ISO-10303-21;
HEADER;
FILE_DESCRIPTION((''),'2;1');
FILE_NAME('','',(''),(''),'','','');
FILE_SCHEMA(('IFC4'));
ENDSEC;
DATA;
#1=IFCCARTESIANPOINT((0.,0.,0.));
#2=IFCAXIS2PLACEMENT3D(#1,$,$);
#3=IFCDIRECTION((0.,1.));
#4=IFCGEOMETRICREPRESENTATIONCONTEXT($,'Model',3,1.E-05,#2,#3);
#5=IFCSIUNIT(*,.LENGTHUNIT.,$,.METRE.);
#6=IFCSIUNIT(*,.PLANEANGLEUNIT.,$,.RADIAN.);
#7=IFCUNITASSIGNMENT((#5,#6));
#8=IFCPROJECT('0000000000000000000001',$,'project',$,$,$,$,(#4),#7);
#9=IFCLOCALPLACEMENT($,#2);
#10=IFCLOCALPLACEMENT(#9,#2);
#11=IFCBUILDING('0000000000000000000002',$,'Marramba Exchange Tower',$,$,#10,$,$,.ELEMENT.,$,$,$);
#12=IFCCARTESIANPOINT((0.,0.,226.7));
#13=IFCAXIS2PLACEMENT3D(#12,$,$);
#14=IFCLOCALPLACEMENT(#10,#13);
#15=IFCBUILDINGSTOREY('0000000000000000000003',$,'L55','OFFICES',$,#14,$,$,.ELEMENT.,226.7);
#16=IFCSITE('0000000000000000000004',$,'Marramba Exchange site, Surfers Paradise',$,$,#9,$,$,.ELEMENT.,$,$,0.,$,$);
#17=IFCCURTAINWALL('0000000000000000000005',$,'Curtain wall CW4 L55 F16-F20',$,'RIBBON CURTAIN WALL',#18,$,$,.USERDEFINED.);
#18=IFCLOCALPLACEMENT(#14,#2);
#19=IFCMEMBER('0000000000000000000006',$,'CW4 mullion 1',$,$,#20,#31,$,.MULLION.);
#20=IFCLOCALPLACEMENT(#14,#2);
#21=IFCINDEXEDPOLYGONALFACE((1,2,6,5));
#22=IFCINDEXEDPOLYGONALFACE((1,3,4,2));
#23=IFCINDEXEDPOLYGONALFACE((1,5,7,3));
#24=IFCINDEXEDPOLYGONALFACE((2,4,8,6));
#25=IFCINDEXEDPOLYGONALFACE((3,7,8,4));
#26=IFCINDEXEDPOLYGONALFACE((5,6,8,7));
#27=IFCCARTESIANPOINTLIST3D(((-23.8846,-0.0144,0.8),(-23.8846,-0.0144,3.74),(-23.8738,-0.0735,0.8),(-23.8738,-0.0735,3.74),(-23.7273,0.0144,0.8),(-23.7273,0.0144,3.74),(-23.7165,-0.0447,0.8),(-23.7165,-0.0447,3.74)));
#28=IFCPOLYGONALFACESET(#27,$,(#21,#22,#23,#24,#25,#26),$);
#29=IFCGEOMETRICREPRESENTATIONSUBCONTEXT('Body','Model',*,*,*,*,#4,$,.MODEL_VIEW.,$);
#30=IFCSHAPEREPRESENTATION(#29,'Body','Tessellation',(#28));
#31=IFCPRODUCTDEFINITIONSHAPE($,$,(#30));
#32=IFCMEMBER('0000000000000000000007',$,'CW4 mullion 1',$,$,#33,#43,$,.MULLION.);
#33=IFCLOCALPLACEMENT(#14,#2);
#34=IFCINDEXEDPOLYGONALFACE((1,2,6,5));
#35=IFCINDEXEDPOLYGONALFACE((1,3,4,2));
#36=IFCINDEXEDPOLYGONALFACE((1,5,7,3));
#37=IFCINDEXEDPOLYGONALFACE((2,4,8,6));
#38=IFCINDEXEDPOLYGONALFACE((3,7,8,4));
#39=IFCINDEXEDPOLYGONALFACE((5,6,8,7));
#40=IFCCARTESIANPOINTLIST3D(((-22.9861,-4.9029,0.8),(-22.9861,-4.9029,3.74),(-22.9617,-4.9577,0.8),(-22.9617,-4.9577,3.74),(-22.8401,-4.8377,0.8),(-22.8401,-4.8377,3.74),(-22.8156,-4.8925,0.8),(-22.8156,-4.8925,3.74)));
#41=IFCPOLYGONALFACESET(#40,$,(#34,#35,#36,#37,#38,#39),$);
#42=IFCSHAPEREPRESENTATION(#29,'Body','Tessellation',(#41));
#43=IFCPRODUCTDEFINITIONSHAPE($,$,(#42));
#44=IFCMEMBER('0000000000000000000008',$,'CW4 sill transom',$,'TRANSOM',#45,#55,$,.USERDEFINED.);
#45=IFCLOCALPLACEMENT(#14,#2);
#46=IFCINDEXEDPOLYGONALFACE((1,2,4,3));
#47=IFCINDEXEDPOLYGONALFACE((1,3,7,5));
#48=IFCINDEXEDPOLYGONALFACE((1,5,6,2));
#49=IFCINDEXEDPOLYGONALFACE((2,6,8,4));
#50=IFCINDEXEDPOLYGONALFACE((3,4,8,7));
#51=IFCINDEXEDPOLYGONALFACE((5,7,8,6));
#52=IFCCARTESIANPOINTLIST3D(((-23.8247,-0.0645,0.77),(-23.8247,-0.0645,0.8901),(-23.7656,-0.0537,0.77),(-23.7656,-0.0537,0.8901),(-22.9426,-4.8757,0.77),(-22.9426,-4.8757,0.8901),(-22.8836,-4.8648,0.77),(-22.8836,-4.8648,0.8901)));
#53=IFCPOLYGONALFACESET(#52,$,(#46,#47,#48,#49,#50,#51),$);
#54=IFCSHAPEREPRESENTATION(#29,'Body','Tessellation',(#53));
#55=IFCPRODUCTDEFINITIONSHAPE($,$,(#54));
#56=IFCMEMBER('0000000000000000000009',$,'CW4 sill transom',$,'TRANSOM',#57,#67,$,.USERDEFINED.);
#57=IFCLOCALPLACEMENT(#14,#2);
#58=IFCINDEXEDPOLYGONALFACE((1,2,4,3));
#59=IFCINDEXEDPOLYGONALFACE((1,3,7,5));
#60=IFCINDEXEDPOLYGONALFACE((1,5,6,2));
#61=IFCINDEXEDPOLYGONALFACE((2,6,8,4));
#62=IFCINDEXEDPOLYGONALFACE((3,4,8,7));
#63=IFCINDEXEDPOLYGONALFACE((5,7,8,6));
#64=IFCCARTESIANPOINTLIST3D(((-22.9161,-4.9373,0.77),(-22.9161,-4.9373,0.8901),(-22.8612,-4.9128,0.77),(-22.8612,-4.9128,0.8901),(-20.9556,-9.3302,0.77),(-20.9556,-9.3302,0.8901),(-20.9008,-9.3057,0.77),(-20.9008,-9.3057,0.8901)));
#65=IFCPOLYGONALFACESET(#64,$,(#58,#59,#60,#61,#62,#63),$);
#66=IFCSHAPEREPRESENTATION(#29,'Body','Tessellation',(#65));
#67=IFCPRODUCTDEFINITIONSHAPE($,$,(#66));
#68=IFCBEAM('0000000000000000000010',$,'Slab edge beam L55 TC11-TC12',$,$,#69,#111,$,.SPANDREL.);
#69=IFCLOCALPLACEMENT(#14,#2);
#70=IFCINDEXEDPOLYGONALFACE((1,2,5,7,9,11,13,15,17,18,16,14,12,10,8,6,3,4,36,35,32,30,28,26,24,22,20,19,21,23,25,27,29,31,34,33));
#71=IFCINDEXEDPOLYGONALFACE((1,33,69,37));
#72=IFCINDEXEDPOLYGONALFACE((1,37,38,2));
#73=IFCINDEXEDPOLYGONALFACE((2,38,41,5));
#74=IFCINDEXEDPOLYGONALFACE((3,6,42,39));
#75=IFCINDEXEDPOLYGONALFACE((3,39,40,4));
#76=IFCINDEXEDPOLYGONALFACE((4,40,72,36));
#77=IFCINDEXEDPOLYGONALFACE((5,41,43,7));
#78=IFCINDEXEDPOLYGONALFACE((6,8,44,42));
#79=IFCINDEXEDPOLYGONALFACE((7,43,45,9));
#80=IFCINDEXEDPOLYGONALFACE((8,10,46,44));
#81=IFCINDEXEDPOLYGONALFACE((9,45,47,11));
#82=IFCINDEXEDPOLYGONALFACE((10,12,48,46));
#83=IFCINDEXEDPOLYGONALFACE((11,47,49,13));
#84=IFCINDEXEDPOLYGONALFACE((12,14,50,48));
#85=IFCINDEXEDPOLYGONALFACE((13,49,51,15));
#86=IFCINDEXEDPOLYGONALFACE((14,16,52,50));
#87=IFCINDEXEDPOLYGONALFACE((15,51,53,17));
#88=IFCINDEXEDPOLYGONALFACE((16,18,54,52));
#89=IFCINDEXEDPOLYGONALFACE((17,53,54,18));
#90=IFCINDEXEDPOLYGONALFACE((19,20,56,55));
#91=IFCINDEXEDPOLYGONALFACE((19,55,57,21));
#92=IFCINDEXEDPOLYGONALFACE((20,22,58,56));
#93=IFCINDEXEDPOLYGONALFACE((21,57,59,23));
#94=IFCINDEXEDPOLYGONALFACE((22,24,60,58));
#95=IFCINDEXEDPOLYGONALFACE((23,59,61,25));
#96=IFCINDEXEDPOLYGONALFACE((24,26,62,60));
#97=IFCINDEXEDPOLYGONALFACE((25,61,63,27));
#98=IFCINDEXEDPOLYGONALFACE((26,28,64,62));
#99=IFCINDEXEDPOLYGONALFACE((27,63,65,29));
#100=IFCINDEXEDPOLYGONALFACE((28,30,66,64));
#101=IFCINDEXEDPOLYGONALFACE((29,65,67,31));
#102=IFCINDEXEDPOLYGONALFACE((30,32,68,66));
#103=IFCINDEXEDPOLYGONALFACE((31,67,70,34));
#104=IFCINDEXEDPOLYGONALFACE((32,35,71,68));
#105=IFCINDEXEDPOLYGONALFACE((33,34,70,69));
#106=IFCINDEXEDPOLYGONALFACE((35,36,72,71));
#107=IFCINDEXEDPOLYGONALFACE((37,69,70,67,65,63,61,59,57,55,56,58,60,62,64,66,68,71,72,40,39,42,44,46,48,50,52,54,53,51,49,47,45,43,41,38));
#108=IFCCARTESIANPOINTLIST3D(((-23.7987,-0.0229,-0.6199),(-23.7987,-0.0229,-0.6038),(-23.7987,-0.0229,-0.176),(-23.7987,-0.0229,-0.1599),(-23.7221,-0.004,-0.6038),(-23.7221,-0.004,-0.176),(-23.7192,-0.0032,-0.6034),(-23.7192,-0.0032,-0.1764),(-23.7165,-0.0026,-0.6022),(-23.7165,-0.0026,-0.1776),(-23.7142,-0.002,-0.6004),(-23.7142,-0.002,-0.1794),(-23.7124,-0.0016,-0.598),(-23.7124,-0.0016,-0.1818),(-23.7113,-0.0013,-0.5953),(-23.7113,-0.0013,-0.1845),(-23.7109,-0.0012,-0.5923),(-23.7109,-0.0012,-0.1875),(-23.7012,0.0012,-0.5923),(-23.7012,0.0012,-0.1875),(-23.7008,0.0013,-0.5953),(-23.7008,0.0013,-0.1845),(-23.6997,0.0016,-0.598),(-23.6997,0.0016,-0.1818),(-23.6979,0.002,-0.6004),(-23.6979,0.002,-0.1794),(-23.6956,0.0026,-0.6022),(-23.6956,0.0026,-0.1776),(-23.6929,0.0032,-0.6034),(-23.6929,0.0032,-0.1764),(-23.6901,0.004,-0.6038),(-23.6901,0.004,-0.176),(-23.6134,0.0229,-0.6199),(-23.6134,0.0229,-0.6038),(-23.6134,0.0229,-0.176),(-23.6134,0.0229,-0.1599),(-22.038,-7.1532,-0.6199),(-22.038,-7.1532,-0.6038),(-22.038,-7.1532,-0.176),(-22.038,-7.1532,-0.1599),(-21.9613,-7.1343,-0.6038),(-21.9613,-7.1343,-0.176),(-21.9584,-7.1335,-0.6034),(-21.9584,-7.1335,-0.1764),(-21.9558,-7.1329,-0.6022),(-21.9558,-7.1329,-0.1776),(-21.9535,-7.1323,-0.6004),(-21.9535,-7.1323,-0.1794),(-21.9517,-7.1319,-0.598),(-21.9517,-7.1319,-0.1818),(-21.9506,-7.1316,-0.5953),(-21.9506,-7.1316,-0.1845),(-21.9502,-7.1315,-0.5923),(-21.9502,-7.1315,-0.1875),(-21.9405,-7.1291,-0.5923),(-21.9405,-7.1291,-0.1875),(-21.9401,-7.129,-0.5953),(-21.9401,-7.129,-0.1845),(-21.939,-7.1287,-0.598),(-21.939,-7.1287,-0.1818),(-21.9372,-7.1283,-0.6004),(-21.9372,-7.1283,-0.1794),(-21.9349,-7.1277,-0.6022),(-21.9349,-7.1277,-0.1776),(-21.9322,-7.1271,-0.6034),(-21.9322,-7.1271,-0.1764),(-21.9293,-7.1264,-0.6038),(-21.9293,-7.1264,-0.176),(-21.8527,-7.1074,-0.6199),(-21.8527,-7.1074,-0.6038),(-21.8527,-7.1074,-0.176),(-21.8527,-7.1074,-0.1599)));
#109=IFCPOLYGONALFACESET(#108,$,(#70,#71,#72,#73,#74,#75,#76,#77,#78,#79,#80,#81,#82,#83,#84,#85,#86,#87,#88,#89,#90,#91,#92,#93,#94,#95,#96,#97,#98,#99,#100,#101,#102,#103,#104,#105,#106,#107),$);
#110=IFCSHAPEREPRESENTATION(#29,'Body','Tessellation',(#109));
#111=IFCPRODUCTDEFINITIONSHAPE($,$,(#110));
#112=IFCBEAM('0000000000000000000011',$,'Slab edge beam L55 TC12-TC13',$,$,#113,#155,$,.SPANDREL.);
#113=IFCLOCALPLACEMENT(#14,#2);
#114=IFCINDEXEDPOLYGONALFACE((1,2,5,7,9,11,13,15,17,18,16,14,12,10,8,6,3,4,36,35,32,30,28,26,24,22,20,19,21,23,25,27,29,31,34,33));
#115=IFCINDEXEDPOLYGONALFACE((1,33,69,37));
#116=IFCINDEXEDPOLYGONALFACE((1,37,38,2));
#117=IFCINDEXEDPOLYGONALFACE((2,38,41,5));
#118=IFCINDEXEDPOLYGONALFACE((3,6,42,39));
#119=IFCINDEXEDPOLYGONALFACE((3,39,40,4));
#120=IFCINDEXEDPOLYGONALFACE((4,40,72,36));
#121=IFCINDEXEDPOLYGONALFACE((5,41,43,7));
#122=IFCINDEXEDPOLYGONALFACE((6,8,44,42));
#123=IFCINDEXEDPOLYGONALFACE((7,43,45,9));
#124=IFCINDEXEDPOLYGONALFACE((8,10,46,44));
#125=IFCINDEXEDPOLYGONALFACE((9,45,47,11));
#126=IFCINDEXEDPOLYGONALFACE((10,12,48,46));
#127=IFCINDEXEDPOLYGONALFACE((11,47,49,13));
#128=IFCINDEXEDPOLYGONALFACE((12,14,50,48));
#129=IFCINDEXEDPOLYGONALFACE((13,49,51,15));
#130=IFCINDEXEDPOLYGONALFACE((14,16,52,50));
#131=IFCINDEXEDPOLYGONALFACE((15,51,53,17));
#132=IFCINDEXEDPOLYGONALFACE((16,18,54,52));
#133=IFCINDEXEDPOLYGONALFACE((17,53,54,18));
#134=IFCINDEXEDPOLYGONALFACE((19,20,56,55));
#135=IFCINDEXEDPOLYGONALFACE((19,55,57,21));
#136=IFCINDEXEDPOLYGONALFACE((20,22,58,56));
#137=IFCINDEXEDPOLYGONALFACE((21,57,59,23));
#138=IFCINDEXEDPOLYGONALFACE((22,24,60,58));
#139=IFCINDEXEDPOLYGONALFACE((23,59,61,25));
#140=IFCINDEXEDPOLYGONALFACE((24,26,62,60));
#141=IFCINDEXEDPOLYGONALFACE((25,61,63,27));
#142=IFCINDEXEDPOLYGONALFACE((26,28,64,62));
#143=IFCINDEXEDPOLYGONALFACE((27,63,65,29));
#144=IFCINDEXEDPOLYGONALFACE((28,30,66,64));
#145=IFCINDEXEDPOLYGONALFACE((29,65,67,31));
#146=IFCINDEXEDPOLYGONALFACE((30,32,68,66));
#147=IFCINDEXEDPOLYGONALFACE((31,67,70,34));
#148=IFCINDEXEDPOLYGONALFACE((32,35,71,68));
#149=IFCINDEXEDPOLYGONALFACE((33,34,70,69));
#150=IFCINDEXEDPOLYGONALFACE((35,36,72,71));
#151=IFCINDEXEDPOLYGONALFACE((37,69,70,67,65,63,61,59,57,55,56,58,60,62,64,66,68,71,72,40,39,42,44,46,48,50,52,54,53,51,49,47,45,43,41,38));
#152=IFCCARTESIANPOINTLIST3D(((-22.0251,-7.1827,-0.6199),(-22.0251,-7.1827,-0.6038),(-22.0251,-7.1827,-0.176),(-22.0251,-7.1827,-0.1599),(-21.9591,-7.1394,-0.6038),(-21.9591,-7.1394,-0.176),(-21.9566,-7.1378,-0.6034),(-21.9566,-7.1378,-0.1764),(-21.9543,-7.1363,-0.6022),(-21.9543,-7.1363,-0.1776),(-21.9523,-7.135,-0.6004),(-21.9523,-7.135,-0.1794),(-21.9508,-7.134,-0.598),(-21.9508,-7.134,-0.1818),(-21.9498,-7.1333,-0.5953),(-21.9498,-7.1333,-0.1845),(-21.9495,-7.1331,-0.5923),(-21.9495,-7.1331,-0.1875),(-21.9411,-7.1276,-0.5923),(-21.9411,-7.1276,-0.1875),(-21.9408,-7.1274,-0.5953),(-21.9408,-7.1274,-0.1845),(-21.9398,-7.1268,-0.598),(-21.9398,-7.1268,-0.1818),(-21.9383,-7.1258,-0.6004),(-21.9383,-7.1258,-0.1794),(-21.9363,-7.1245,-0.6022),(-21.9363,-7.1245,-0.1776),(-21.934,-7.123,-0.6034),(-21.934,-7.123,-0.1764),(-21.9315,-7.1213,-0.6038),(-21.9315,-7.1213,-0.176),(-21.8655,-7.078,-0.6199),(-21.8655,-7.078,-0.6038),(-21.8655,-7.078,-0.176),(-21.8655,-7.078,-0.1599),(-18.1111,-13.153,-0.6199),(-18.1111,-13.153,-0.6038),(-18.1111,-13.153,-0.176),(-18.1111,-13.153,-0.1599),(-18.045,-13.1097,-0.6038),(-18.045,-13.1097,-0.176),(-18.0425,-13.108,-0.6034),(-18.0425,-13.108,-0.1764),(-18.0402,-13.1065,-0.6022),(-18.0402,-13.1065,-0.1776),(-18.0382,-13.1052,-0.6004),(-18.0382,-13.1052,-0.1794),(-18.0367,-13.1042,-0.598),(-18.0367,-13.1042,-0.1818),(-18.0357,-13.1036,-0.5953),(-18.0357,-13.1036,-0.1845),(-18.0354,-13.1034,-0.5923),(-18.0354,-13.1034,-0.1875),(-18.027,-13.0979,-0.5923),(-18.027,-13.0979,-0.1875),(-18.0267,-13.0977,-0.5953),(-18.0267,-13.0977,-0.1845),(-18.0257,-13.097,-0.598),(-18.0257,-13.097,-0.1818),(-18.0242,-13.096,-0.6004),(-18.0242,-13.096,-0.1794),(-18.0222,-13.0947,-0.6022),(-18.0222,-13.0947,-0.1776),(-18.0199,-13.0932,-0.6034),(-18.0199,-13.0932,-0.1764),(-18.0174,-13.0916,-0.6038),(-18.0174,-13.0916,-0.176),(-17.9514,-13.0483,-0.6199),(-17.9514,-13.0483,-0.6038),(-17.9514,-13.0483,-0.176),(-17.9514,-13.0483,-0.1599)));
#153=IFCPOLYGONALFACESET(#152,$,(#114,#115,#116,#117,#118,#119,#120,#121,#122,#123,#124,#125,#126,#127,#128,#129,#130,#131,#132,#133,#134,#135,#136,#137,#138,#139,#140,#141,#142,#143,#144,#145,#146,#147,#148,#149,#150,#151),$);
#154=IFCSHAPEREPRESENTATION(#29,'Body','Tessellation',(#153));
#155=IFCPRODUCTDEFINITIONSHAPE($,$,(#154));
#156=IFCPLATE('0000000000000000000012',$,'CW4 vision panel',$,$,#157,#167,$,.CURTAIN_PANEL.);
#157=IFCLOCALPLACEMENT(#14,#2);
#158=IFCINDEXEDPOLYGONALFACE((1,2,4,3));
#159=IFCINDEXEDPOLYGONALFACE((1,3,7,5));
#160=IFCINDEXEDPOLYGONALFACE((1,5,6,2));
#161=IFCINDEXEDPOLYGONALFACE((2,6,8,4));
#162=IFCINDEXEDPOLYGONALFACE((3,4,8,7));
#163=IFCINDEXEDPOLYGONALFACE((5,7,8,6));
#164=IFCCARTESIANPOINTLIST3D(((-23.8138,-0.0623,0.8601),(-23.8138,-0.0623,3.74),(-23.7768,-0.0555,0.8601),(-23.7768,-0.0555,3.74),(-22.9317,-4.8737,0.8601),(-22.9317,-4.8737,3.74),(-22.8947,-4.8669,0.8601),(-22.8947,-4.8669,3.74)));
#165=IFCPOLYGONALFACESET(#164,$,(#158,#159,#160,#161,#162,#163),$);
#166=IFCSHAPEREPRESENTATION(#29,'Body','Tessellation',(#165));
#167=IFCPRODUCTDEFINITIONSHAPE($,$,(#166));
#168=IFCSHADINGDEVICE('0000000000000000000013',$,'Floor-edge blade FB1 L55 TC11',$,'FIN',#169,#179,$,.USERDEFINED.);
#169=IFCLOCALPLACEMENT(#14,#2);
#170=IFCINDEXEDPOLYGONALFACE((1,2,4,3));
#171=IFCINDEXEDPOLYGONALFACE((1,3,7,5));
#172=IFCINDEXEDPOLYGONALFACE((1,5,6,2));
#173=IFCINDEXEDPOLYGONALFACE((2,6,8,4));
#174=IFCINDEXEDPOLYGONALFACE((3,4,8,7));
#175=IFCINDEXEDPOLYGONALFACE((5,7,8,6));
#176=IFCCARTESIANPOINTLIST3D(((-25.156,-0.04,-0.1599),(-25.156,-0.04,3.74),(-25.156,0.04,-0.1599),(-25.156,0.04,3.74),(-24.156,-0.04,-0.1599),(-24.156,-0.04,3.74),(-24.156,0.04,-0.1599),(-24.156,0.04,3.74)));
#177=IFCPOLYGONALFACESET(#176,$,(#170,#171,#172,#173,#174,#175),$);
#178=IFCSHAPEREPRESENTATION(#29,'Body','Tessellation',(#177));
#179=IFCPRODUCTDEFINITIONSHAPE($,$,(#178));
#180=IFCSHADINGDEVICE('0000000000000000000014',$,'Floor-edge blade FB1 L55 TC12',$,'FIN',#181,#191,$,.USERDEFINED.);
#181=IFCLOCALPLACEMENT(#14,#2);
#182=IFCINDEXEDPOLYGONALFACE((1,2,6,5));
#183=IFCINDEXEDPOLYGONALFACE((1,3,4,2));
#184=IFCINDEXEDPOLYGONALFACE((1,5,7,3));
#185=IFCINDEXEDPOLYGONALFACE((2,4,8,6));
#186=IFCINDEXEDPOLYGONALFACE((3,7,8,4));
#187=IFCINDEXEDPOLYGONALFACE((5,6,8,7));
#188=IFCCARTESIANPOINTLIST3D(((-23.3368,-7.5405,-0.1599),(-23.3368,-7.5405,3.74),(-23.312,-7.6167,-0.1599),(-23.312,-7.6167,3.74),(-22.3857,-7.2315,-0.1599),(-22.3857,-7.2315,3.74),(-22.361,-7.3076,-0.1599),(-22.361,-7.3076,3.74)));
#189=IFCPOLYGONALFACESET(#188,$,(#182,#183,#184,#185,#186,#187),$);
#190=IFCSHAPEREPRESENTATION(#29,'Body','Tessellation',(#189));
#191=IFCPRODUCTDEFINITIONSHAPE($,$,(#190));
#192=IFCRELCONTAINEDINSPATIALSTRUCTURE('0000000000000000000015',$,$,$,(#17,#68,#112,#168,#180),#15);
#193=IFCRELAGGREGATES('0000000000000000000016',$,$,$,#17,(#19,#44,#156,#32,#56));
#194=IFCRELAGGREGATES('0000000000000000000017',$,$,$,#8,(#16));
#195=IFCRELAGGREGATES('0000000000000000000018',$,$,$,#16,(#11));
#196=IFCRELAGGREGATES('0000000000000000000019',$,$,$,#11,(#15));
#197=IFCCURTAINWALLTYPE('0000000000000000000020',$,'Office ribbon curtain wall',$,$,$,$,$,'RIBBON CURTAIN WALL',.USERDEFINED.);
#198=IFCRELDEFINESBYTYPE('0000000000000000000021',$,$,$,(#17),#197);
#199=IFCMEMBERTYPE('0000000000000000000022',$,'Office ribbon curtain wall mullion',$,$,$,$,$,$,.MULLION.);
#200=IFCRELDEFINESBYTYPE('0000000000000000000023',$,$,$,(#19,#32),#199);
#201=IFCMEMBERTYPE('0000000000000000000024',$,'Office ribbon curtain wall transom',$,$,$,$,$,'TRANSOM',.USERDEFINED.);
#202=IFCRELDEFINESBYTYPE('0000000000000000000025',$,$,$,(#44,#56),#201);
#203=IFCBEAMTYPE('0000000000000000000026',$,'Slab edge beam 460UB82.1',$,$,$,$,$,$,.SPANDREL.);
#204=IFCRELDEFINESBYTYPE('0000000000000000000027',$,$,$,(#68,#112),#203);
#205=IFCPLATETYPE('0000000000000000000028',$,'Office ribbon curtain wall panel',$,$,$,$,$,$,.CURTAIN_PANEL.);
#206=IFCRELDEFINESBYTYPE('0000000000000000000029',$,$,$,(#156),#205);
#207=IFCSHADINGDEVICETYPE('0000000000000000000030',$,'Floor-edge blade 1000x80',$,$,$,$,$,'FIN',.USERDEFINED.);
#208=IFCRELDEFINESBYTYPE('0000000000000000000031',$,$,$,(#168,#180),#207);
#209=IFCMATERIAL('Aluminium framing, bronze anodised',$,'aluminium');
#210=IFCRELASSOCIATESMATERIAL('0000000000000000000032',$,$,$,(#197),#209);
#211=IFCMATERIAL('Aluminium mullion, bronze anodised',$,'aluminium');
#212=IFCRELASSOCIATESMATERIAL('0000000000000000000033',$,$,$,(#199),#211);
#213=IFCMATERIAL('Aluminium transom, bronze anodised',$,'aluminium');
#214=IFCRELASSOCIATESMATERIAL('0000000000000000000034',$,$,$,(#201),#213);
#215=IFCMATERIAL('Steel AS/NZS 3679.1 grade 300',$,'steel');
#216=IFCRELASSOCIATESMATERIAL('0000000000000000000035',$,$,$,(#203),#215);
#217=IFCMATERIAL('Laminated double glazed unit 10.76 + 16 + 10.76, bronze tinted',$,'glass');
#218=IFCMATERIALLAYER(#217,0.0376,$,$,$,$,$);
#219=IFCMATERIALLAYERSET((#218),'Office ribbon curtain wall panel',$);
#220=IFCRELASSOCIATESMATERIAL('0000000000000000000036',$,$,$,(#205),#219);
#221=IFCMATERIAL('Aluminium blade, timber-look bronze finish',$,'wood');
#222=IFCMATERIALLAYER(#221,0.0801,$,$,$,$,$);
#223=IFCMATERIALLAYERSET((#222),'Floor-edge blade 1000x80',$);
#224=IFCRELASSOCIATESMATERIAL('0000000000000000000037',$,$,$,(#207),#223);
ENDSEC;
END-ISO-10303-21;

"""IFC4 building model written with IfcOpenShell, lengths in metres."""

from ifc_helpers import new_model, si_unit, direction, frame, origin, origin_2d, place, context, subcontext, project, spatial, rectangle, i_section, extrude, material, layer, layer_set, material_profile, profile_set, type_object, element, aggregate, save


model = new_model("IFC4")

# Units and contexts
model_context = context("Model", 3, precision=1e-05, world=origin(), true_north=direction((0.0, 1.0)))
body_context = subcontext(model_context, "Body", "Model", "MODEL_VIEW")
ifc_project = project(units=[si_unit("LENGTHUNIT", "METRE"), si_unit("PLANEANGLEUNIT", "RADIAN")], contexts=[model_context])

# Site, building, storey
site_placement = place(None, origin())
site = spatial("IfcSite", under=ifc_project, at=site_placement, Name="Marramba Exchange site, Surfers Paradise", CompositionType="ELEMENT", RefElevation=0.0)
building_placement = place(site_placement, origin())
building = spatial("IfcBuilding", under=site, at=building_placement, Name="Marramba Exchange Tower", CompositionType="ELEMENT")
storey_placement = place(building_placement, frame((0.0, 0.0, 226.7)))
storey = spatial("IfcBuildingStorey", under=building, at=storey_placement, Name="L55", Description="OFFICES", CompositionType="ELEMENT", Elevation=226.7)

# Curtain wall, members
ifc_material_1 = material(Name="Aluminium framing, bronze anodised", Category="aluminium")
curtain_wall_type = type_object("IfcCurtainWallType", Name="Office ribbon curtain wall", ElementType="RIBBON CURTAIN WALL", PredefinedType="USERDEFINED", material=ifc_material_1)
curtain_wall_placement = place(storey_placement, origin())
curtain_wall = element("IfcCurtainWall", 1, at=curtain_wall_placement, inside=storey, type_object=curtain_wall_type, Name="Curtain wall CW4 L55 F16-F20", ObjectType="RIBBON CURTAIN WALL", PredefinedType="USERDEFINED")
ifc_material_2 = material(Name="Aluminium mullion, bronze anodised", Category="aluminium")
ifc_material_profile_1 = material_profile(ifc_material_2, rectangle(XDim=0.1599, YDim=0.0601, at=origin_2d()), Name="CW4 mullion 60x160")
ifc_profile_set_1 = profile_set([ifc_material_profile_1], Name="Aluminium mullion, bronze anodised")
member_type_1 = type_object("IfcMemberType", Name="Office ribbon curtain wall mullion", PredefinedType="MULLION", material=ifc_profile_set_1)
member_1_placement = place(storey_placement, frame((-23.8005, -0.0295, 0.8), z_axis=(0.0, 0.0, 1.0), x_axis=(0.983607, 0.180327, 0.0)))
member_1 = element("IfcMember", 2, at=member_1_placement, type_object=member_type_1, Name="CW4 mullion 1", PredefinedType="MULLION", context=body_context, shape_type="SweptSolid", body=[
    extrude(rectangle(XDim=0.1599, YDim=0.0601, at=origin_2d()), origin(), (0.0, 0.0, 1.0), 2.9399),
])
member_2_placement = place(storey_placement, frame((-22.9009, -4.8977, 0.8), z_axis=(0.0, 0.0, 1.0), x_axis=(0.91318, 0.407558, 0.0)))
member_2 = element("IfcMember", 3, at=member_2_placement, type_object=member_type_1, Name="CW4 mullion 1", PredefinedType="MULLION", context=body_context, shape_type="SweptSolid", body=[
    extrude(rectangle(XDim=0.1599, YDim=0.0601, at=origin_2d()), origin(), (0.0, 0.0, 1.0), 2.9399),
])
ifc_material_3 = material(Name="Aluminium transom, bronze anodised", Category="aluminium")
ifc_material_profile_2 = material_profile(ifc_material_3, rectangle(XDim=0.0601, YDim=0.1201, at=origin_2d()), Name="CW4 transom 60x120")
ifc_profile_set_2 = profile_set([ifc_material_profile_2], Name="Aluminium transom, bronze anodised")
member_type_2 = type_object("IfcMemberType", Name="Office ribbon curtain wall transom", ElementType="TRANSOM", PredefinedType="USERDEFINED", material=ifc_profile_set_2)
member_3_placement = place(storey_placement, frame((-23.7952, -0.0591, 0.8301), z_axis=(0.18033, -0.983606, 0.0), x_axis=(0.983606, 0.18033, 0.0)))
member_3 = element("IfcMember", 4, at=member_3_placement, type_object=member_type_2, Name="CW4 sill transom", ObjectType="TRANSOM", PredefinedType="USERDEFINED", context=body_context, shape_type="SweptSolid", body=[
    extrude(rectangle(XDim=0.0601, YDim=0.1201, at=origin_2d()), origin(), (0.0, 0.0, 1.0), 4.8914),
])
member_4_placement = place(storey_placement, frame((-22.8887, -4.925, 0.8301), z_axis=(0.407541, -0.913187, 0.0), x_axis=(0.913187, 0.407541, 0.0)))
member_4 = element("IfcMember", 5, at=member_4_placement, type_object=member_type_2, Name="CW4 sill transom", ObjectType="TRANSOM", PredefinedType="USERDEFINED", context=body_context, shape_type="SweptSolid", body=[
    extrude(rectangle(XDim=0.0601, YDim=0.1201, at=origin_2d()), origin(), (0.0, 0.0, 1.0), 4.8105),
])

# Beams
ifc_material_4 = material(Name="Steel AS/NZS 3679.1 grade 300", Category="steel")
ifc_material_profile_3 = material_profile(ifc_material_4, i_section(OverallWidth=0.1909, OverallDepth=0.46, WebThickness=0.01, FlangeThickness=0.0161, FilletRadius=0.0115, at=origin_2d()), Name="460UB82.1")
ifc_profile_set_3 = profile_set([ifc_material_profile_3], Name="Steel AS/NZS 3679.1 grade 300")
beam_type = type_object("IfcBeamType", Name="Slab edge beam 460UB82.1", PredefinedType="SPANDREL", material=ifc_profile_set_3)
beam_1_placement = place(storey_placement, frame((-23.7061, 0.0, -0.3899), z_axis=(0.239735, -0.970838, 0.0), x_axis=(0.970838, 0.239735, 0.0)))
element("IfcBeam", 6, at=beam_1_placement, inside=storey, type_object=beam_type, Name="Slab edge beam L55 TC11-TC12", PredefinedType="SPANDREL", context=body_context, shape_type="SweptSolid", body=[
    extrude(i_section(OverallWidth=0.1909, OverallDepth=0.46, WebThickness=0.01, FlangeThickness=0.0161, FilletRadius=0.0115, at=origin_2d()), origin(), (0.0, 0.0, 1.0), 7.3445),
])
beam_2_placement = place(storey_placement, frame((-21.9453, -7.1304, -0.3899), z_axis=(0.548275, -0.836298, 0.0), x_axis=(0.836298, 0.548275, 0.0)))
element("IfcBeam", 7, at=beam_2_placement, inside=storey, type_object=beam_type, Name="Slab edge beam L55 TC12-TC13", PredefinedType="SPANDREL", context=body_context, shape_type="SweptSolid", body=[
    extrude(i_section(OverallWidth=0.1909, OverallDepth=0.46, WebThickness=0.01, FlangeThickness=0.0161, FilletRadius=0.0115, at=origin_2d()), origin(), (0.0, 0.0, 1.0), 7.1389),
])

# Plate
ifc_material_5 = material(Name="Laminated double glazed unit 10.76 + 16 + 10.76, bronze tinted", Category="glass")
ifc_layer_1 = layer(ifc_material_5, 0.0376)
ifc_layer_set_1 = layer_set([ifc_layer_1], Name="Office ribbon curtain wall panel")
plate_type = type_object("IfcPlateType", Name="Office ribbon curtain wall panel", PredefinedType="CURTAIN_PANEL", material=ifc_layer_set_1)
plate_placement = place(storey_placement, frame((-23.3542, -2.4646, 0.8601), z_axis=(0.0, 0.0, 1.0), x_axis=(0.180327, -0.983607, 0.0)))
plate = element("IfcPlate", 8, at=plate_placement, type_object=plate_type, Name="CW4 vision panel", PredefinedType="CURTAIN_PANEL", context=body_context, shape_type="SweptSolid", body=[
    extrude(rectangle(XDim=4.8916, YDim=0.0376, at=origin_2d()), origin(), (0.0, 0.0, 1.0), 2.8799),
])
aggregate(curtain_wall, [member_1, member_3, plate, member_2, member_4])

# Shading devices
ifc_material_6 = material(Name="Aluminium blade, timber-look bronze finish", Category="wood")
ifc_layer_2 = layer(ifc_material_6, 0.0801)
ifc_layer_set_2 = layer_set([ifc_layer_2], Name="Floor-edge blade 1000x80")
shading_device_type_1 = type_object("IfcShadingDeviceType", Name="Floor-edge blade 1000x80", ElementType="FIN", PredefinedType="USERDEFINED", material=ifc_layer_set_2)
for number, where, z_axis, x_axis, name in (
    (9, (-24.656, 0.0, -0.1599), (0.0, 0.0, 1.0), (-1.0, 0.0, 0.0), "Floor-edge blade FB1 L55 TC11"),
    (10, (-22.8489, -7.4241, -0.1599), (0.0, 0.0, 1.0), (-0.951057, -0.309017, 0.0), "Floor-edge blade FB1 L55 TC12"),
):
    element("IfcShadingDevice", number, at=place(storey_placement, frame(where, z_axis=z_axis, x_axis=x_axis)), inside=storey, type_object=shading_device_type_1, Name=name, ObjectType="FIN", PredefinedType="USERDEFINED", context=body_context, shape_type="SweptSolid", body=[
        extrude(rectangle(XDim=1.0, YDim=0.0801, at=origin_2d()), origin(), (0.0, 0.0, 1.0), 3.8999),
    ])

save(model, "model.ifc")
